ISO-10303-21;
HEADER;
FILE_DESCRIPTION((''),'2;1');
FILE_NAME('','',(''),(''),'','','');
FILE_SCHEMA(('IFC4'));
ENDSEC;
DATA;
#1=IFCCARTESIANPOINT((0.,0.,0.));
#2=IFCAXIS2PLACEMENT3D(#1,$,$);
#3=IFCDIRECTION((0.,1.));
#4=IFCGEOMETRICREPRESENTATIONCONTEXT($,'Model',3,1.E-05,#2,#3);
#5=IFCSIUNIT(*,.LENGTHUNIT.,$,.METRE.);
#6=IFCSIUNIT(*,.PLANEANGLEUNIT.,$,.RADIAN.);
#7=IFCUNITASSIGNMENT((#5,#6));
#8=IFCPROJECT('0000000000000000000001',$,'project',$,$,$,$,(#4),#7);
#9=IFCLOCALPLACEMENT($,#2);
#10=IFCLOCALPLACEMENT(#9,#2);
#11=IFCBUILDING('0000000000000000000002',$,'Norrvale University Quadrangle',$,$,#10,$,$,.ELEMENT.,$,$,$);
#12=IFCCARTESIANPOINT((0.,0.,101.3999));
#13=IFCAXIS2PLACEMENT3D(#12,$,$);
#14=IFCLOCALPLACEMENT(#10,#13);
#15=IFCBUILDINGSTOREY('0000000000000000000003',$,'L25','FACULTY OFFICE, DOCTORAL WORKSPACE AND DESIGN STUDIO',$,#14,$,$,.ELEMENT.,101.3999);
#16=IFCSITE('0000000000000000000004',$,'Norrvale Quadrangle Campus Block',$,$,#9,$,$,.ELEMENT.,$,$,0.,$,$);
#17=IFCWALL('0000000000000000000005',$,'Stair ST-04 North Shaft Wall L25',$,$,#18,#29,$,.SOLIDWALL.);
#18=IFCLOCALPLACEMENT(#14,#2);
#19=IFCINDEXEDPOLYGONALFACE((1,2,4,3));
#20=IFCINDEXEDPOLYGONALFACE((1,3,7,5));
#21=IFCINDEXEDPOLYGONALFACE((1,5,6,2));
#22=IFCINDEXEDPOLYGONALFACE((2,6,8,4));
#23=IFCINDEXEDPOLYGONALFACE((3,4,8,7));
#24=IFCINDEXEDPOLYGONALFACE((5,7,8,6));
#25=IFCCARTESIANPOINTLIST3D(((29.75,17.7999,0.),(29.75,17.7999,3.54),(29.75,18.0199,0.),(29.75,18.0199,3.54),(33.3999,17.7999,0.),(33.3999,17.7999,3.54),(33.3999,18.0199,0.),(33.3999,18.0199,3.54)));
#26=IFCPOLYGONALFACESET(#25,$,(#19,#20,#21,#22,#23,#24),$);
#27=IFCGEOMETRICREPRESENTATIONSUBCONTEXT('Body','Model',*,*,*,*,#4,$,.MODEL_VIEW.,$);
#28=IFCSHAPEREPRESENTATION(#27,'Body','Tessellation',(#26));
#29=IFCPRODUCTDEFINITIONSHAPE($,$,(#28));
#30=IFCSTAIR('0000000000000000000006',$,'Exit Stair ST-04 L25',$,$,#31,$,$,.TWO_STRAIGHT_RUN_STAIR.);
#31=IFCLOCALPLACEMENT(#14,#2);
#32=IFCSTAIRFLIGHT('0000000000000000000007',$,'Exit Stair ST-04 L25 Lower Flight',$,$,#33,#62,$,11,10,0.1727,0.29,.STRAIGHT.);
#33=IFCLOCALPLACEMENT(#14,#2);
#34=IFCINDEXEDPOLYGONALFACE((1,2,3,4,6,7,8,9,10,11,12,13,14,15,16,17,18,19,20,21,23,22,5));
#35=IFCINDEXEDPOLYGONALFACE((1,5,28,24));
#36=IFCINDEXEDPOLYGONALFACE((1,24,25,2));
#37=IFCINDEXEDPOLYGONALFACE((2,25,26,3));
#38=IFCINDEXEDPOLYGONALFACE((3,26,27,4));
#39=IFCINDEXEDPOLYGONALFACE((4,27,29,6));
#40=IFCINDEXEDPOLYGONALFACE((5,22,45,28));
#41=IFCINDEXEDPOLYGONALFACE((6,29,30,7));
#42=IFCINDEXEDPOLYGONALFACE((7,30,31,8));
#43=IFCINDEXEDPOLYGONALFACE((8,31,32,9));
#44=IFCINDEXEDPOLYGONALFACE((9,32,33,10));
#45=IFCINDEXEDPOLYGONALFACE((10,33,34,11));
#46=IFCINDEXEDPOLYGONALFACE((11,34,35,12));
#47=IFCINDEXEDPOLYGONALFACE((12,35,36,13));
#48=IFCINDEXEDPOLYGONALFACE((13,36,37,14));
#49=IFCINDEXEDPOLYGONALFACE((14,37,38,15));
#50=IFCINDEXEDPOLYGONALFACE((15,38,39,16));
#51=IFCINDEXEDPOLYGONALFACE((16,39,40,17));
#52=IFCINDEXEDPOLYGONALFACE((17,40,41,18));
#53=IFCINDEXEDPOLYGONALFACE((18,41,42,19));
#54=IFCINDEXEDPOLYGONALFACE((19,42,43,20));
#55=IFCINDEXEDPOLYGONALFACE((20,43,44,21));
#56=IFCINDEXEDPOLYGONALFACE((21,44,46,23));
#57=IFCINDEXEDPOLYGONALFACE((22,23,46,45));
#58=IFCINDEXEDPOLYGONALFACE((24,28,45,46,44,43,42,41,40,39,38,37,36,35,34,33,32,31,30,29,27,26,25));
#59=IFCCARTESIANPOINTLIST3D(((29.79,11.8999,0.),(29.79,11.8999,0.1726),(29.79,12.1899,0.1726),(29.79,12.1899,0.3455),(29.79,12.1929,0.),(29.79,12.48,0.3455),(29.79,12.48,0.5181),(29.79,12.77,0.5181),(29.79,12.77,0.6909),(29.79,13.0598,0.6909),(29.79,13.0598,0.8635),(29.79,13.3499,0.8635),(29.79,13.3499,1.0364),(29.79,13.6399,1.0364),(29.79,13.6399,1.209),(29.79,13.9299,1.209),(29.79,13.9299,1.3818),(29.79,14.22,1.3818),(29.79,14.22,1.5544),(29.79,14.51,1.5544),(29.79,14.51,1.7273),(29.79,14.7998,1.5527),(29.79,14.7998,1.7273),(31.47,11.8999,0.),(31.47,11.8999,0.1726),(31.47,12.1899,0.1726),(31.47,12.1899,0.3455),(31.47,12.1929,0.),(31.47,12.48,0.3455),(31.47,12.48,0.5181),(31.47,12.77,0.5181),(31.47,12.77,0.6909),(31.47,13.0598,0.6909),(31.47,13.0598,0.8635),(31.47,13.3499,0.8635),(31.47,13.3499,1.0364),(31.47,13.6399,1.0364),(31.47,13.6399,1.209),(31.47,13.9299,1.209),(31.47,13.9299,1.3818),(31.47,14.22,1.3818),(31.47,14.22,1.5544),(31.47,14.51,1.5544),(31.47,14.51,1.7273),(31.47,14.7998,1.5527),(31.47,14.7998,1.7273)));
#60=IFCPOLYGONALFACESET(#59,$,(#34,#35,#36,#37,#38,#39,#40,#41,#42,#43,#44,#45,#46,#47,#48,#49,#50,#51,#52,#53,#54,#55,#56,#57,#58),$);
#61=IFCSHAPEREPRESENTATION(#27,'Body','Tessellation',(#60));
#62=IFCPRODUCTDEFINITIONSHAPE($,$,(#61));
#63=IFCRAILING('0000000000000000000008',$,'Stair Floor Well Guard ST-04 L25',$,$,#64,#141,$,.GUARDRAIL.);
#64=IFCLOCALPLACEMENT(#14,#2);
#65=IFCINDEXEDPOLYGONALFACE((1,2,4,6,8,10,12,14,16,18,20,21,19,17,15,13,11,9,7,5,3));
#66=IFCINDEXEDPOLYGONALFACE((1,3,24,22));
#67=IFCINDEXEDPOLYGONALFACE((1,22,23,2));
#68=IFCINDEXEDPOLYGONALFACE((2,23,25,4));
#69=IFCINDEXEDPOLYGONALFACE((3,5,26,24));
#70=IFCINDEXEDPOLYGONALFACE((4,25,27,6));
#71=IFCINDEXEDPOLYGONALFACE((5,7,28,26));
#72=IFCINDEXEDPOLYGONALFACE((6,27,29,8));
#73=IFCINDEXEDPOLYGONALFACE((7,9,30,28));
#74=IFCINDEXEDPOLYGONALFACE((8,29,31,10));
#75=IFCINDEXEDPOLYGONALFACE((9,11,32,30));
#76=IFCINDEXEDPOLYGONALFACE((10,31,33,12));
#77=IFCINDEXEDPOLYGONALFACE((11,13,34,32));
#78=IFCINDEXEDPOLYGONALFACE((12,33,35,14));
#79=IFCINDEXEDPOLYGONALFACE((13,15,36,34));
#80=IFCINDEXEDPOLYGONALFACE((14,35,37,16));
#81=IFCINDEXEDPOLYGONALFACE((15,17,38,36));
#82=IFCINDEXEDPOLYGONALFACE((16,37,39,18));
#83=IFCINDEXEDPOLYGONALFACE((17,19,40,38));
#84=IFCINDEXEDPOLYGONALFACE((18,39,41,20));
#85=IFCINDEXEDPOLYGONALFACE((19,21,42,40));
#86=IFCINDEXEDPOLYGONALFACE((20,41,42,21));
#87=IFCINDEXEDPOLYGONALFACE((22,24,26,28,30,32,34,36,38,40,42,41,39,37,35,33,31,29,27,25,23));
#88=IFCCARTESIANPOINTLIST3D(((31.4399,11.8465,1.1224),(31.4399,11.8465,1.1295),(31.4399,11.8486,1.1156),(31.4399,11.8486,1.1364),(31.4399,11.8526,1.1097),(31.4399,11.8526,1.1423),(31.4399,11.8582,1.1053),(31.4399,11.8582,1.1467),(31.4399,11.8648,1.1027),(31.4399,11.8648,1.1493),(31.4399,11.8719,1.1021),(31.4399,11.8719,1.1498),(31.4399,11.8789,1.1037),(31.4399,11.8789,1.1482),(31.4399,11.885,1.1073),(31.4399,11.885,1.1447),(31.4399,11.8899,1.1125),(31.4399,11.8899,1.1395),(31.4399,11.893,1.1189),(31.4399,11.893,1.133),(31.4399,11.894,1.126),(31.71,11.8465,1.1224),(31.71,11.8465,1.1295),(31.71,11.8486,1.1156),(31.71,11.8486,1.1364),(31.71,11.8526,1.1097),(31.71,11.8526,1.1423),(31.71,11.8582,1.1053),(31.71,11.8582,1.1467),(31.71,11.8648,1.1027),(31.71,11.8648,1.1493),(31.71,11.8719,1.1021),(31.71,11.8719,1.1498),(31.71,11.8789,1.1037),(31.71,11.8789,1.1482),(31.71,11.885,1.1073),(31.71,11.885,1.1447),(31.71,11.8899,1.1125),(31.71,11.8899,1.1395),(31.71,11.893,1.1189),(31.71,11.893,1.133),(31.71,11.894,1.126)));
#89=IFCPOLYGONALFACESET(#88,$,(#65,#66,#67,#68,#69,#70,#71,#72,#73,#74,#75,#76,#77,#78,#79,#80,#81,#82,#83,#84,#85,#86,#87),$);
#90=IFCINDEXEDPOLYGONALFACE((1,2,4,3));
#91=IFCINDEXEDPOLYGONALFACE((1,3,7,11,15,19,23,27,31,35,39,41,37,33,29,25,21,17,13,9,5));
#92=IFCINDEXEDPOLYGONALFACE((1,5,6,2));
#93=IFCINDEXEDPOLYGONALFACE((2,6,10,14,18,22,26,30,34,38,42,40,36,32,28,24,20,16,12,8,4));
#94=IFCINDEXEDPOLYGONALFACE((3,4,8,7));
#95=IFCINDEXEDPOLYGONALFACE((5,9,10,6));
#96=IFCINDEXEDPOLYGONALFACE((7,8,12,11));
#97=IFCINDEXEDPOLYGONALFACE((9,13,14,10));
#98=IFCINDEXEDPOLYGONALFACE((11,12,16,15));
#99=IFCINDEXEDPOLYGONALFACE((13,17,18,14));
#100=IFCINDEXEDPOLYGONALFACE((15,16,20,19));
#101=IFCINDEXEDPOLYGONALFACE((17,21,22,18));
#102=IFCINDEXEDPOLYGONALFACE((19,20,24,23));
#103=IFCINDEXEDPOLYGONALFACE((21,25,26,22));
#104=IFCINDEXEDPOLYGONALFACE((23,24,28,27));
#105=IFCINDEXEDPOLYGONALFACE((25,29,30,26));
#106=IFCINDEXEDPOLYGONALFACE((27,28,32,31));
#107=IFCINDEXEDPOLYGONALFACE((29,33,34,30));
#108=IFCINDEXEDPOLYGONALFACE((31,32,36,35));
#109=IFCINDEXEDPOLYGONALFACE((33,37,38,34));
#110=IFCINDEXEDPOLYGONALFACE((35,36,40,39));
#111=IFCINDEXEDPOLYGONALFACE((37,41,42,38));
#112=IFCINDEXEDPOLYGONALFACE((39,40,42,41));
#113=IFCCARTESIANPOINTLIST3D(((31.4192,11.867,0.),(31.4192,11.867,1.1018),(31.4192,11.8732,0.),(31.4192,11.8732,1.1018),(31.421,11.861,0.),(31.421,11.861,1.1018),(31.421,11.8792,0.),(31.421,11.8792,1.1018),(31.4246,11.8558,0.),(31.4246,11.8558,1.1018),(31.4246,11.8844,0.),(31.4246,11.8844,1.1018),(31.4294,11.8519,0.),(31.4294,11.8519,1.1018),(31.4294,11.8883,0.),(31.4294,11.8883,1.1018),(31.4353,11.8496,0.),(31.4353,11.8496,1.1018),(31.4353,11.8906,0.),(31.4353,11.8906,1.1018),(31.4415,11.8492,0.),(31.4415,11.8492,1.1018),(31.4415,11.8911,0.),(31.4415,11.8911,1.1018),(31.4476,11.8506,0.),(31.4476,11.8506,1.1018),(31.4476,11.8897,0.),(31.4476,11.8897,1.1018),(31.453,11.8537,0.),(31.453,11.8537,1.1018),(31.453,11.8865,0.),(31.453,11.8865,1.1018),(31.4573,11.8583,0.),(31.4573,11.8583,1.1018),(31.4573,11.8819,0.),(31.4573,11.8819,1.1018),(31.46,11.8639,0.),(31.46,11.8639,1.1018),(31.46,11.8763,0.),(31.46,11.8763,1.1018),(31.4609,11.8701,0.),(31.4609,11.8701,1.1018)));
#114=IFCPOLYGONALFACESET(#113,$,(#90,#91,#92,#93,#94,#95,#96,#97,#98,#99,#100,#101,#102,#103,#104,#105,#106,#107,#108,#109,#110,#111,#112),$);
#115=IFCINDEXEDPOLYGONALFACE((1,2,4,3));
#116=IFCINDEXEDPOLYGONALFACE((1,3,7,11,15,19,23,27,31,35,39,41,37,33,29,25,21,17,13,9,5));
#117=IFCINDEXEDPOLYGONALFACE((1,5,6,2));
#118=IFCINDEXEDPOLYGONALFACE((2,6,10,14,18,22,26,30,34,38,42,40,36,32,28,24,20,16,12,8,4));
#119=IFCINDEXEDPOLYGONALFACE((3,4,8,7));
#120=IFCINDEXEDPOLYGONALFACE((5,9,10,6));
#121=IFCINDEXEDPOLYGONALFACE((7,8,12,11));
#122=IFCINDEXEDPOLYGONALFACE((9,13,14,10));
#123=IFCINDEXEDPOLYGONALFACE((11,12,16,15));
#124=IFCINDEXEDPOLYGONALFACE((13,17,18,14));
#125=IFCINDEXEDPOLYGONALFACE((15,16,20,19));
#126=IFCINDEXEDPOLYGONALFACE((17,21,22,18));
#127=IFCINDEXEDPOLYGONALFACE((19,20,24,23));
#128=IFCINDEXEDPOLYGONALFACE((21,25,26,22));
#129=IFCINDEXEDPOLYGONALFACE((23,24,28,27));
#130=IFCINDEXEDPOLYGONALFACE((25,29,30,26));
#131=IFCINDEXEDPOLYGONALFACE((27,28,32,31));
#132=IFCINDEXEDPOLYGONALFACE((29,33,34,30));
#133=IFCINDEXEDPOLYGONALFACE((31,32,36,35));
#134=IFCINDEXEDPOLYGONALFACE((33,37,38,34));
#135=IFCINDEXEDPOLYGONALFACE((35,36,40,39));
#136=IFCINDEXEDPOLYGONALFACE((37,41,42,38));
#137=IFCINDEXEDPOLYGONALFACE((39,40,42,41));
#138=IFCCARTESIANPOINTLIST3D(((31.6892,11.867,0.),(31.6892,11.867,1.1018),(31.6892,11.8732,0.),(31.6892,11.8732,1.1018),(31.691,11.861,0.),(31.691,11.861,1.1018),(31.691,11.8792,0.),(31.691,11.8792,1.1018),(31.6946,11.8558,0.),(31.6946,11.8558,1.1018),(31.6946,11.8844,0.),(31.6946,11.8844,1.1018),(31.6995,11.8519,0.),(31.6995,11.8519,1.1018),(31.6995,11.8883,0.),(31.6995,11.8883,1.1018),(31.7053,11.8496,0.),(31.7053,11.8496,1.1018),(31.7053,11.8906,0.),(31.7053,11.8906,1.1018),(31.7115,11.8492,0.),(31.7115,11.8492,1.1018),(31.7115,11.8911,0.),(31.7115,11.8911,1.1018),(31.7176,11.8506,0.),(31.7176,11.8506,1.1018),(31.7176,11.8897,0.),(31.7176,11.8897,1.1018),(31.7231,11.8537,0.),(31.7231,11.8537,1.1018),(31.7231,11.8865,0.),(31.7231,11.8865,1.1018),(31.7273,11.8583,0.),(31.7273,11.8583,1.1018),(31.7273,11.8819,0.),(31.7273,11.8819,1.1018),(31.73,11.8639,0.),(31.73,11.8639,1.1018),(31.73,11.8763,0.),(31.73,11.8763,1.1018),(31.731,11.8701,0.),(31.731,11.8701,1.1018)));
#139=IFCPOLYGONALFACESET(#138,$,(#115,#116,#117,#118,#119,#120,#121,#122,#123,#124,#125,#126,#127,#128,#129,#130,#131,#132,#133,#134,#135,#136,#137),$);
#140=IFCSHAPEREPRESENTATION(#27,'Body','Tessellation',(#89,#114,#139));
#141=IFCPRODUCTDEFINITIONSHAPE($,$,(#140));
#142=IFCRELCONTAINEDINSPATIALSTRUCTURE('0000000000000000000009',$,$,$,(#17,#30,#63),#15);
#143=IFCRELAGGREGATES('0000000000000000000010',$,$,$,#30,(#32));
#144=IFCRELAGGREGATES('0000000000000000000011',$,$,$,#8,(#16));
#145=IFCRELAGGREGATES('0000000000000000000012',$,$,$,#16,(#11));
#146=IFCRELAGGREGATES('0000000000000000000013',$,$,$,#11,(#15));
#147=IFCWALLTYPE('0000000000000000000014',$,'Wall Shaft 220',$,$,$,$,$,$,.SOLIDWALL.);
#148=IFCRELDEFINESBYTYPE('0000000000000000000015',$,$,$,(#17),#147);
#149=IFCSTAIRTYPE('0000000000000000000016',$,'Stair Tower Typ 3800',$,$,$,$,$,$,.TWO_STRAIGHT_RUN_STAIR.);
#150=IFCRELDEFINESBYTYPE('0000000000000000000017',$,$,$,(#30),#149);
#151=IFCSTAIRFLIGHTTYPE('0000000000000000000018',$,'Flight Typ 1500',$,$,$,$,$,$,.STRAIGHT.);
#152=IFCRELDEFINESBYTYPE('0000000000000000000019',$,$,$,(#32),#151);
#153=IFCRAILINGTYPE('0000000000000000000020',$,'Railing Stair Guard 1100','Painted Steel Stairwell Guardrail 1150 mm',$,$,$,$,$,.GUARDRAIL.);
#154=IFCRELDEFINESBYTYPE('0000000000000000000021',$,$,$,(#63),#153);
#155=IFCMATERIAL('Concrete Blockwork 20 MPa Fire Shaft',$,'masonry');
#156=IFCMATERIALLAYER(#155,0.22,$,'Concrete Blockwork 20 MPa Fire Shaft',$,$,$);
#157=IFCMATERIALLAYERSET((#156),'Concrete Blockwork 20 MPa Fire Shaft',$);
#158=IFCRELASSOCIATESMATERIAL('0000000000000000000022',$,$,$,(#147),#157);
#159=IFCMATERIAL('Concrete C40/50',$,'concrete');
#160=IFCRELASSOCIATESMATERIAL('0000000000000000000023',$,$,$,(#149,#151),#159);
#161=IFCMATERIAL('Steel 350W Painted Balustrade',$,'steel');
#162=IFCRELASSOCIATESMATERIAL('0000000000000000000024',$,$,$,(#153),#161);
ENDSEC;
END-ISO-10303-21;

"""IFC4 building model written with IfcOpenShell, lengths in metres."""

from ifc_helpers import new_model, si_unit, direction, frame, frame_2d, origin, origin_2d, place, context, subcontext, project, spatial, polyline, rectangle, circle, outline, extrude, material, layer, layer_set, type_object, element, aggregate, save


model = new_model("IFC4")

# Units and contexts
model_context = context("Model", 3, precision=1e-05, world=origin(), true_north=direction((0.0, 1.0)))
body_context = subcontext(model_context, "Body", "Model", "MODEL_VIEW")
ifc_project = project(units=[si_unit("LENGTHUNIT", "METRE"), si_unit("PLANEANGLEUNIT", "RADIAN")], contexts=[model_context])

# Site, building, storey
site_placement = place(None, origin())
site = spatial("IfcSite", under=ifc_project, at=site_placement, Name="Norrvale Quadrangle Campus Block", CompositionType="ELEMENT", RefElevation=0.0)
building_placement = place(site_placement, origin())
building = spatial("IfcBuilding", under=site, at=building_placement, Name="Norrvale University Quadrangle", CompositionType="ELEMENT")
storey_placement = place(building_placement, frame((0.0, 0.0, 101.3999)))
storey = spatial("IfcBuildingStorey", under=building, at=storey_placement, Name="L25", Description="FACULTY OFFICE, DOCTORAL WORKSPACE AND DESIGN STUDIO", CompositionType="ELEMENT", Elevation=101.3999)

# Shared definitions
ifc_material_1 = material(Name="Concrete Blockwork 20 MPa Fire Shaft", Category="masonry")
ifc_layer_1 = layer(ifc_material_1, 0.22, Name="Concrete Blockwork 20 MPa Fire Shaft")
ifc_layer_set_1 = layer_set([ifc_layer_1], Name="Concrete Blockwork 20 MPa Fire Shaft")
wall_type_1 = type_object("IfcWallType", Name="Wall Shaft 220", PredefinedType="SOLIDWALL", material=ifc_layer_set_1)

# Wall
wall_1_placement = place(storey_placement, frame((29.75, 17.9099, 0.0), z_axis=(0.0, 0.0, 1.0), x_axis=(1.0, 0.0, 0.0)))
element("IfcWall", 1, at=wall_1_placement, inside=storey, type_object=wall_type_1, Name="Stair ST-04 North Shaft Wall L25", PredefinedType="SOLIDWALL", context=body_context, shape_type="SweptSolid", body=[
    extrude(rectangle(XDim=3.6499, YDim=0.22, at=frame_2d((1.825, 0.0))), origin(), (0.0, 0.0, 1.0), 3.54),
])

# Stair, stair flight
ifc_material_2 = material(Name="Concrete C40/50", Category="concrete")
stair_type = type_object("IfcStairType", Name="Stair Tower Typ 3800", PredefinedType="TWO_STRAIGHT_RUN_STAIR", material=ifc_material_2)
stair_placement = place(storey_placement, origin())
stair = element("IfcStair", 2, at=stair_placement, inside=storey, type_object=stair_type, Name="Exit Stair ST-04 L25", PredefinedType="TWO_STRAIGHT_RUN_STAIR")
stair_flight_type = type_object("IfcStairFlightType", Name="Flight Typ 1500", PredefinedType="STRAIGHT", material=ifc_material_2)
stair_flight_placement = place(storey_placement, frame((30.6299, 11.8999, 0.0), z_axis=(0.0, 0.0, 1.0), x_axis=(0.0, 1.0, 0.0)))
stair_flight = element("IfcStairFlight", 3, at=stair_flight_placement, type_object=stair_flight_type, Name="Exit Stair ST-04 L25 Lower Flight", NumberOfRisers=11, NumberOfTreads=10, PredefinedType="STRAIGHT", RiserHeight=0.1727, TreadLength=0.29, context=body_context, shape_type="SweptSolid", body=[
    extrude(outline(polyline([(0.0, 0.0), (0.0, 0.1726), (0.29, 0.1726), (0.29, 0.3455), (0.5801, 0.3455), (0.5801, 0.5181), (0.8701, 0.5181), (0.8701, 0.6909), (1.1599, 0.6909), (1.1599, 0.8635), (1.45, 0.8635), (1.45, 1.0364), (1.74, 1.0364), (1.74, 1.209), (2.03, 1.209), (2.03, 1.3818), (2.3201, 1.3818), (2.3201, 1.5544), (2.6101, 1.5544), (2.6101, 1.7273), (2.8999, 1.7273), (2.8999, 1.8999), (2.8999, 1.5527), (0.293, 0.0), (0.0, 0.0)])), frame((0.0, 0.8398, 0.0), z_axis=(0.0, -1.0, 0.0), x_axis=(1.0, 0.0, 0.0)), (0.0, 0.0, 1.0), 1.6799),
])
aggregate(stair, [stair_flight])

# Railing
ifc_material_3 = material(Name="Steel 350W Painted Balustrade", Category="steel")
railing_type_1 = type_object("IfcRailingType", Name="Railing Stair Guard 1100", Description="Painted Steel Stairwell Guardrail 1150 mm", PredefinedType="GUARDRAIL", material=ifc_material_3)
for number, where, name in (
    (4, (31.4399, 11.8701, 0.0), "Stair Floor Well Guard ST-04 L25"),
):
    element("IfcRailing", number, at=place(storey_placement, frame(where)), inside=storey, type_object=railing_type_1, Name=name, PredefinedType="GUARDRAIL", context=body_context, shape_type="SweptSolid", body=[
        extrude(circle(Radius=0.0239, at=origin_2d()), frame((0.0, 0.0, 1.126), z_axis=(1.0, 0.0, 0.0), x_axis=(0.0, 1.0, 0.0)), (0.0, 0.0, 1.0), 0.27),
        extrude(circle(Radius=0.021, at=origin_2d()), origin(), (0.0, 0.0, 1.0), 1.1018),
        extrude(circle(Radius=0.021, at=origin_2d()), frame((0.27, 0.0, 0.0)), (0.0, 0.0, 1.0), 1.1018),
    ])

save(model, "model.ifc")
